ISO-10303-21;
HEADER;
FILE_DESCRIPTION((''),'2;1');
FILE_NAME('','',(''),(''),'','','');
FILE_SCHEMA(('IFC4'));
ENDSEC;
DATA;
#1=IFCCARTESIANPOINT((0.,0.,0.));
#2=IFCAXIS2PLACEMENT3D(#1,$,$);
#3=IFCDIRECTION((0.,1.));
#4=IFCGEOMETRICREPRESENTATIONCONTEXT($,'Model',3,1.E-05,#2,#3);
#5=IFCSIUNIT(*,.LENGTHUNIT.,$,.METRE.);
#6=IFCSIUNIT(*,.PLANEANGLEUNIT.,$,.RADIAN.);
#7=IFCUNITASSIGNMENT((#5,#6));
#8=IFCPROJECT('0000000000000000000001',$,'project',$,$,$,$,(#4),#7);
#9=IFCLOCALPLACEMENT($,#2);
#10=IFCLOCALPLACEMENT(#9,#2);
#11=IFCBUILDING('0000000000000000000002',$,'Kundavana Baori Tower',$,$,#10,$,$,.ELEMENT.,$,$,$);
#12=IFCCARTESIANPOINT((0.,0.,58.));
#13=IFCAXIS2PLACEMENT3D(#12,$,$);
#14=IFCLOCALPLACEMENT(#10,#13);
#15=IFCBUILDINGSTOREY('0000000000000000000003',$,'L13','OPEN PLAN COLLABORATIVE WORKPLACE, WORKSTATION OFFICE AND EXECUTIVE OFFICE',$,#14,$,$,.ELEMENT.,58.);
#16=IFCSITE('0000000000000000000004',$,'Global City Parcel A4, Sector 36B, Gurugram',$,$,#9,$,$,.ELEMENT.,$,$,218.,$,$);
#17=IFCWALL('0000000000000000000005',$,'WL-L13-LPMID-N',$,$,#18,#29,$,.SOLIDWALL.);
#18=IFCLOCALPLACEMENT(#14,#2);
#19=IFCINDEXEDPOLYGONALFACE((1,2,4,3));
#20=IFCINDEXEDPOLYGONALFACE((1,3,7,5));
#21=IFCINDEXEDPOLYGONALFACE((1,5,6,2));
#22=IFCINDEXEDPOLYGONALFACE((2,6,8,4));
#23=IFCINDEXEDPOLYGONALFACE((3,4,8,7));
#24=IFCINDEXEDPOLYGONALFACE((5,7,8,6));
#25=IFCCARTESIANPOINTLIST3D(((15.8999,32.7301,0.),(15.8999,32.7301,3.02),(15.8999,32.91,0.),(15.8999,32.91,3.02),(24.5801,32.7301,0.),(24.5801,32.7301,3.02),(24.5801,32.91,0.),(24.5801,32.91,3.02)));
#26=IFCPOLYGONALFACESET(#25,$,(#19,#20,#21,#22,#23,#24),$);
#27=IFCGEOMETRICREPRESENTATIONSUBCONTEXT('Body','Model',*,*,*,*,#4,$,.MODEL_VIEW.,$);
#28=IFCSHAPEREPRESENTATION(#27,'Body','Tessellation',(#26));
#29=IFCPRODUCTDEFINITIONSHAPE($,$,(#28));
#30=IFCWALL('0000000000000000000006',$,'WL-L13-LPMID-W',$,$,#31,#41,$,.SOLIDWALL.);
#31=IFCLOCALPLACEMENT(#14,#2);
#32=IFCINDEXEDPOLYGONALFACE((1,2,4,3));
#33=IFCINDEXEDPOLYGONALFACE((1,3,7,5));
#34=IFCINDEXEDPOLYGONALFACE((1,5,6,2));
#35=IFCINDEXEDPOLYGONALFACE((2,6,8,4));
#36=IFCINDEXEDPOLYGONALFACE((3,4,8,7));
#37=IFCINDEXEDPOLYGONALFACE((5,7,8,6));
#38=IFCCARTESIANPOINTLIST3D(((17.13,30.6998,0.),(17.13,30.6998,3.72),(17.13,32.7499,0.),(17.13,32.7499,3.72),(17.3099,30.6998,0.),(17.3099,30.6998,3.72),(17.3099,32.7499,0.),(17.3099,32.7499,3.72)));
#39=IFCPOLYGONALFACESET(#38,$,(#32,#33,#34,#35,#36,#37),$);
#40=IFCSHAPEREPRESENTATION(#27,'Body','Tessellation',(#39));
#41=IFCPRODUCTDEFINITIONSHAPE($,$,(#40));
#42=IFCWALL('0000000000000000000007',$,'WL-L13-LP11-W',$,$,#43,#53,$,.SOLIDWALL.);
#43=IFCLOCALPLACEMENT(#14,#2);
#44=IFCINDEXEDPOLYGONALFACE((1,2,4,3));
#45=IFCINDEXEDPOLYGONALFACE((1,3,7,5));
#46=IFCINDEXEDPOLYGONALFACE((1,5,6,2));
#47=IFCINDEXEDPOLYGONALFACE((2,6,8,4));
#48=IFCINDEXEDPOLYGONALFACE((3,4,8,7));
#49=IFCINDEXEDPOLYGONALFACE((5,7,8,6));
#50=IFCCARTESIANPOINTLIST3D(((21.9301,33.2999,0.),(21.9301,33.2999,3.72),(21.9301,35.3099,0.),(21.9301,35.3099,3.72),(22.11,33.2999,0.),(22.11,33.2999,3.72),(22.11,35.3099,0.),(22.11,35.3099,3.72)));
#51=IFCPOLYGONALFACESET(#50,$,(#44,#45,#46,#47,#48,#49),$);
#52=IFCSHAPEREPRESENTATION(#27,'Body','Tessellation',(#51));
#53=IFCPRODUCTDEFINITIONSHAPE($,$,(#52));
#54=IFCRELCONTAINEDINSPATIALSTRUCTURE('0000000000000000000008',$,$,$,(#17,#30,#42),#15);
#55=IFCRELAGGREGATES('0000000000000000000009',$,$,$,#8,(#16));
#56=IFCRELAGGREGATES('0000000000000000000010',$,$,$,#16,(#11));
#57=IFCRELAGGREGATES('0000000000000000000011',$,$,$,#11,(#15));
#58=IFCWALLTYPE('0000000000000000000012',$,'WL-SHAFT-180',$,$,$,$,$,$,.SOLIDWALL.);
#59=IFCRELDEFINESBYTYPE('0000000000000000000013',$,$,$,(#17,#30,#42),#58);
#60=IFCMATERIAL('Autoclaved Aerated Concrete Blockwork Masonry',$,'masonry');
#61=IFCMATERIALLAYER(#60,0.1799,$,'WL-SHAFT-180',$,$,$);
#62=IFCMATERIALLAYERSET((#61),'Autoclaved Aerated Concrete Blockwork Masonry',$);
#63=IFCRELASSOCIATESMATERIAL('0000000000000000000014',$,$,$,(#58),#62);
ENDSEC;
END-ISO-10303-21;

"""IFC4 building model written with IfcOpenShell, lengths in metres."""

from ifc_helpers import new_model, si_unit, direction, frame, frame_2d, origin, place, context, subcontext, project, spatial, rectangle, extrude, material, layer, layer_set, type_object, element, save


model = new_model("IFC4")

# Units and contexts
model_context = context("Model", 3, precision=1e-05, world=origin(), true_north=direction((0.0, 1.0)))
body_context = subcontext(model_context, "Body", "Model", "MODEL_VIEW")
ifc_project = project(units=[si_unit("LENGTHUNIT", "METRE"), si_unit("PLANEANGLEUNIT", "RADIAN")], contexts=[model_context])

# Site, building, storey
site_placement = place(None, origin())
site = spatial("IfcSite", under=ifc_project, at=site_placement, Name="Global City Parcel A4, Sector 36B, Gurugram", CompositionType="ELEMENT", RefElevation=218.0)
building_placement = place(site_placement, origin())
building = spatial("IfcBuilding", under=site, at=building_placement, Name="Kundavana Baori Tower", CompositionType="ELEMENT")
storey_placement = place(building_placement, frame((0.0, 0.0, 58.0)))
storey = spatial("IfcBuildingStorey", under=building, at=storey_placement, Name="L13", Description="OPEN PLAN COLLABORATIVE WORKPLACE, WORKSTATION OFFICE AND EXECUTIVE OFFICE", CompositionType="ELEMENT", Elevation=58.0)

# Shared definitions
ifc_material_1 = material(Name="Autoclaved Aerated Concrete Blockwork Masonry", Category="masonry")
ifc_layer_1 = layer(ifc_material_1, 0.1799, Name="WL-SHAFT-180")
ifc_layer_set_1 = layer_set([ifc_layer_1], Name="Autoclaved Aerated Concrete Blockwork Masonry")
wall_type_1 = type_object("IfcWallType", Name="WL-SHAFT-180", PredefinedType="SOLIDWALL", material=ifc_layer_set_1)

# Walls
wall_1_placement = place(storey_placement, frame((15.8999, 32.8201, 0.0), z_axis=(0.0, 0.0, 1.0), x_axis=(1.0, 0.0, 0.0)))
element("IfcWall", 1, at=wall_1_placement, inside=storey, type_object=wall_type_1, Name="WL-L13-LPMID-N", PredefinedType="SOLIDWALL", context=body_context, shape_type="SweptSolid", body=[
    extrude(rectangle(XDim=8.6802, YDim=0.1799, at=frame_2d((4.3401, 0.0))), origin(), (0.0, 0.0, 1.0), 3.02),
])
wall_2_placement = place(storey_placement, frame((17.22, 30.7, 0.0), z_axis=(0.0, 0.0, 1.0), x_axis=(0.0, 1.0, 0.0)))
element("IfcWall", 2, at=wall_2_placement, inside=storey, type_object=wall_type_1, Name="WL-L13-LPMID-W", PredefinedType="SOLIDWALL", context=body_context, shape_type="SweptSolid", body=[
    extrude(rectangle(XDim=2.05, YDim=0.1799, at=frame_2d((1.0249, 0.0))), origin(), (0.0, 0.0, 1.0), 3.72),
])
wall_3_placement = place(storey_placement, frame((22.02, 33.3, 0.0), z_axis=(0.0, 0.0, 1.0), x_axis=(0.0, 1.0, 0.0)))
element("IfcWall", 3, at=wall_3_placement, inside=storey, type_object=wall_type_1, Name="WL-L13-LP11-W", PredefinedType="SOLIDWALL", context=body_context, shape_type="SweptSolid", body=[
    extrude(rectangle(XDim=2.01, YDim=0.1799, at=frame_2d((1.0049, 0.0))), origin(), (0.0, 0.0, 1.0), 3.72),
])

save(model, "model.ifc")
